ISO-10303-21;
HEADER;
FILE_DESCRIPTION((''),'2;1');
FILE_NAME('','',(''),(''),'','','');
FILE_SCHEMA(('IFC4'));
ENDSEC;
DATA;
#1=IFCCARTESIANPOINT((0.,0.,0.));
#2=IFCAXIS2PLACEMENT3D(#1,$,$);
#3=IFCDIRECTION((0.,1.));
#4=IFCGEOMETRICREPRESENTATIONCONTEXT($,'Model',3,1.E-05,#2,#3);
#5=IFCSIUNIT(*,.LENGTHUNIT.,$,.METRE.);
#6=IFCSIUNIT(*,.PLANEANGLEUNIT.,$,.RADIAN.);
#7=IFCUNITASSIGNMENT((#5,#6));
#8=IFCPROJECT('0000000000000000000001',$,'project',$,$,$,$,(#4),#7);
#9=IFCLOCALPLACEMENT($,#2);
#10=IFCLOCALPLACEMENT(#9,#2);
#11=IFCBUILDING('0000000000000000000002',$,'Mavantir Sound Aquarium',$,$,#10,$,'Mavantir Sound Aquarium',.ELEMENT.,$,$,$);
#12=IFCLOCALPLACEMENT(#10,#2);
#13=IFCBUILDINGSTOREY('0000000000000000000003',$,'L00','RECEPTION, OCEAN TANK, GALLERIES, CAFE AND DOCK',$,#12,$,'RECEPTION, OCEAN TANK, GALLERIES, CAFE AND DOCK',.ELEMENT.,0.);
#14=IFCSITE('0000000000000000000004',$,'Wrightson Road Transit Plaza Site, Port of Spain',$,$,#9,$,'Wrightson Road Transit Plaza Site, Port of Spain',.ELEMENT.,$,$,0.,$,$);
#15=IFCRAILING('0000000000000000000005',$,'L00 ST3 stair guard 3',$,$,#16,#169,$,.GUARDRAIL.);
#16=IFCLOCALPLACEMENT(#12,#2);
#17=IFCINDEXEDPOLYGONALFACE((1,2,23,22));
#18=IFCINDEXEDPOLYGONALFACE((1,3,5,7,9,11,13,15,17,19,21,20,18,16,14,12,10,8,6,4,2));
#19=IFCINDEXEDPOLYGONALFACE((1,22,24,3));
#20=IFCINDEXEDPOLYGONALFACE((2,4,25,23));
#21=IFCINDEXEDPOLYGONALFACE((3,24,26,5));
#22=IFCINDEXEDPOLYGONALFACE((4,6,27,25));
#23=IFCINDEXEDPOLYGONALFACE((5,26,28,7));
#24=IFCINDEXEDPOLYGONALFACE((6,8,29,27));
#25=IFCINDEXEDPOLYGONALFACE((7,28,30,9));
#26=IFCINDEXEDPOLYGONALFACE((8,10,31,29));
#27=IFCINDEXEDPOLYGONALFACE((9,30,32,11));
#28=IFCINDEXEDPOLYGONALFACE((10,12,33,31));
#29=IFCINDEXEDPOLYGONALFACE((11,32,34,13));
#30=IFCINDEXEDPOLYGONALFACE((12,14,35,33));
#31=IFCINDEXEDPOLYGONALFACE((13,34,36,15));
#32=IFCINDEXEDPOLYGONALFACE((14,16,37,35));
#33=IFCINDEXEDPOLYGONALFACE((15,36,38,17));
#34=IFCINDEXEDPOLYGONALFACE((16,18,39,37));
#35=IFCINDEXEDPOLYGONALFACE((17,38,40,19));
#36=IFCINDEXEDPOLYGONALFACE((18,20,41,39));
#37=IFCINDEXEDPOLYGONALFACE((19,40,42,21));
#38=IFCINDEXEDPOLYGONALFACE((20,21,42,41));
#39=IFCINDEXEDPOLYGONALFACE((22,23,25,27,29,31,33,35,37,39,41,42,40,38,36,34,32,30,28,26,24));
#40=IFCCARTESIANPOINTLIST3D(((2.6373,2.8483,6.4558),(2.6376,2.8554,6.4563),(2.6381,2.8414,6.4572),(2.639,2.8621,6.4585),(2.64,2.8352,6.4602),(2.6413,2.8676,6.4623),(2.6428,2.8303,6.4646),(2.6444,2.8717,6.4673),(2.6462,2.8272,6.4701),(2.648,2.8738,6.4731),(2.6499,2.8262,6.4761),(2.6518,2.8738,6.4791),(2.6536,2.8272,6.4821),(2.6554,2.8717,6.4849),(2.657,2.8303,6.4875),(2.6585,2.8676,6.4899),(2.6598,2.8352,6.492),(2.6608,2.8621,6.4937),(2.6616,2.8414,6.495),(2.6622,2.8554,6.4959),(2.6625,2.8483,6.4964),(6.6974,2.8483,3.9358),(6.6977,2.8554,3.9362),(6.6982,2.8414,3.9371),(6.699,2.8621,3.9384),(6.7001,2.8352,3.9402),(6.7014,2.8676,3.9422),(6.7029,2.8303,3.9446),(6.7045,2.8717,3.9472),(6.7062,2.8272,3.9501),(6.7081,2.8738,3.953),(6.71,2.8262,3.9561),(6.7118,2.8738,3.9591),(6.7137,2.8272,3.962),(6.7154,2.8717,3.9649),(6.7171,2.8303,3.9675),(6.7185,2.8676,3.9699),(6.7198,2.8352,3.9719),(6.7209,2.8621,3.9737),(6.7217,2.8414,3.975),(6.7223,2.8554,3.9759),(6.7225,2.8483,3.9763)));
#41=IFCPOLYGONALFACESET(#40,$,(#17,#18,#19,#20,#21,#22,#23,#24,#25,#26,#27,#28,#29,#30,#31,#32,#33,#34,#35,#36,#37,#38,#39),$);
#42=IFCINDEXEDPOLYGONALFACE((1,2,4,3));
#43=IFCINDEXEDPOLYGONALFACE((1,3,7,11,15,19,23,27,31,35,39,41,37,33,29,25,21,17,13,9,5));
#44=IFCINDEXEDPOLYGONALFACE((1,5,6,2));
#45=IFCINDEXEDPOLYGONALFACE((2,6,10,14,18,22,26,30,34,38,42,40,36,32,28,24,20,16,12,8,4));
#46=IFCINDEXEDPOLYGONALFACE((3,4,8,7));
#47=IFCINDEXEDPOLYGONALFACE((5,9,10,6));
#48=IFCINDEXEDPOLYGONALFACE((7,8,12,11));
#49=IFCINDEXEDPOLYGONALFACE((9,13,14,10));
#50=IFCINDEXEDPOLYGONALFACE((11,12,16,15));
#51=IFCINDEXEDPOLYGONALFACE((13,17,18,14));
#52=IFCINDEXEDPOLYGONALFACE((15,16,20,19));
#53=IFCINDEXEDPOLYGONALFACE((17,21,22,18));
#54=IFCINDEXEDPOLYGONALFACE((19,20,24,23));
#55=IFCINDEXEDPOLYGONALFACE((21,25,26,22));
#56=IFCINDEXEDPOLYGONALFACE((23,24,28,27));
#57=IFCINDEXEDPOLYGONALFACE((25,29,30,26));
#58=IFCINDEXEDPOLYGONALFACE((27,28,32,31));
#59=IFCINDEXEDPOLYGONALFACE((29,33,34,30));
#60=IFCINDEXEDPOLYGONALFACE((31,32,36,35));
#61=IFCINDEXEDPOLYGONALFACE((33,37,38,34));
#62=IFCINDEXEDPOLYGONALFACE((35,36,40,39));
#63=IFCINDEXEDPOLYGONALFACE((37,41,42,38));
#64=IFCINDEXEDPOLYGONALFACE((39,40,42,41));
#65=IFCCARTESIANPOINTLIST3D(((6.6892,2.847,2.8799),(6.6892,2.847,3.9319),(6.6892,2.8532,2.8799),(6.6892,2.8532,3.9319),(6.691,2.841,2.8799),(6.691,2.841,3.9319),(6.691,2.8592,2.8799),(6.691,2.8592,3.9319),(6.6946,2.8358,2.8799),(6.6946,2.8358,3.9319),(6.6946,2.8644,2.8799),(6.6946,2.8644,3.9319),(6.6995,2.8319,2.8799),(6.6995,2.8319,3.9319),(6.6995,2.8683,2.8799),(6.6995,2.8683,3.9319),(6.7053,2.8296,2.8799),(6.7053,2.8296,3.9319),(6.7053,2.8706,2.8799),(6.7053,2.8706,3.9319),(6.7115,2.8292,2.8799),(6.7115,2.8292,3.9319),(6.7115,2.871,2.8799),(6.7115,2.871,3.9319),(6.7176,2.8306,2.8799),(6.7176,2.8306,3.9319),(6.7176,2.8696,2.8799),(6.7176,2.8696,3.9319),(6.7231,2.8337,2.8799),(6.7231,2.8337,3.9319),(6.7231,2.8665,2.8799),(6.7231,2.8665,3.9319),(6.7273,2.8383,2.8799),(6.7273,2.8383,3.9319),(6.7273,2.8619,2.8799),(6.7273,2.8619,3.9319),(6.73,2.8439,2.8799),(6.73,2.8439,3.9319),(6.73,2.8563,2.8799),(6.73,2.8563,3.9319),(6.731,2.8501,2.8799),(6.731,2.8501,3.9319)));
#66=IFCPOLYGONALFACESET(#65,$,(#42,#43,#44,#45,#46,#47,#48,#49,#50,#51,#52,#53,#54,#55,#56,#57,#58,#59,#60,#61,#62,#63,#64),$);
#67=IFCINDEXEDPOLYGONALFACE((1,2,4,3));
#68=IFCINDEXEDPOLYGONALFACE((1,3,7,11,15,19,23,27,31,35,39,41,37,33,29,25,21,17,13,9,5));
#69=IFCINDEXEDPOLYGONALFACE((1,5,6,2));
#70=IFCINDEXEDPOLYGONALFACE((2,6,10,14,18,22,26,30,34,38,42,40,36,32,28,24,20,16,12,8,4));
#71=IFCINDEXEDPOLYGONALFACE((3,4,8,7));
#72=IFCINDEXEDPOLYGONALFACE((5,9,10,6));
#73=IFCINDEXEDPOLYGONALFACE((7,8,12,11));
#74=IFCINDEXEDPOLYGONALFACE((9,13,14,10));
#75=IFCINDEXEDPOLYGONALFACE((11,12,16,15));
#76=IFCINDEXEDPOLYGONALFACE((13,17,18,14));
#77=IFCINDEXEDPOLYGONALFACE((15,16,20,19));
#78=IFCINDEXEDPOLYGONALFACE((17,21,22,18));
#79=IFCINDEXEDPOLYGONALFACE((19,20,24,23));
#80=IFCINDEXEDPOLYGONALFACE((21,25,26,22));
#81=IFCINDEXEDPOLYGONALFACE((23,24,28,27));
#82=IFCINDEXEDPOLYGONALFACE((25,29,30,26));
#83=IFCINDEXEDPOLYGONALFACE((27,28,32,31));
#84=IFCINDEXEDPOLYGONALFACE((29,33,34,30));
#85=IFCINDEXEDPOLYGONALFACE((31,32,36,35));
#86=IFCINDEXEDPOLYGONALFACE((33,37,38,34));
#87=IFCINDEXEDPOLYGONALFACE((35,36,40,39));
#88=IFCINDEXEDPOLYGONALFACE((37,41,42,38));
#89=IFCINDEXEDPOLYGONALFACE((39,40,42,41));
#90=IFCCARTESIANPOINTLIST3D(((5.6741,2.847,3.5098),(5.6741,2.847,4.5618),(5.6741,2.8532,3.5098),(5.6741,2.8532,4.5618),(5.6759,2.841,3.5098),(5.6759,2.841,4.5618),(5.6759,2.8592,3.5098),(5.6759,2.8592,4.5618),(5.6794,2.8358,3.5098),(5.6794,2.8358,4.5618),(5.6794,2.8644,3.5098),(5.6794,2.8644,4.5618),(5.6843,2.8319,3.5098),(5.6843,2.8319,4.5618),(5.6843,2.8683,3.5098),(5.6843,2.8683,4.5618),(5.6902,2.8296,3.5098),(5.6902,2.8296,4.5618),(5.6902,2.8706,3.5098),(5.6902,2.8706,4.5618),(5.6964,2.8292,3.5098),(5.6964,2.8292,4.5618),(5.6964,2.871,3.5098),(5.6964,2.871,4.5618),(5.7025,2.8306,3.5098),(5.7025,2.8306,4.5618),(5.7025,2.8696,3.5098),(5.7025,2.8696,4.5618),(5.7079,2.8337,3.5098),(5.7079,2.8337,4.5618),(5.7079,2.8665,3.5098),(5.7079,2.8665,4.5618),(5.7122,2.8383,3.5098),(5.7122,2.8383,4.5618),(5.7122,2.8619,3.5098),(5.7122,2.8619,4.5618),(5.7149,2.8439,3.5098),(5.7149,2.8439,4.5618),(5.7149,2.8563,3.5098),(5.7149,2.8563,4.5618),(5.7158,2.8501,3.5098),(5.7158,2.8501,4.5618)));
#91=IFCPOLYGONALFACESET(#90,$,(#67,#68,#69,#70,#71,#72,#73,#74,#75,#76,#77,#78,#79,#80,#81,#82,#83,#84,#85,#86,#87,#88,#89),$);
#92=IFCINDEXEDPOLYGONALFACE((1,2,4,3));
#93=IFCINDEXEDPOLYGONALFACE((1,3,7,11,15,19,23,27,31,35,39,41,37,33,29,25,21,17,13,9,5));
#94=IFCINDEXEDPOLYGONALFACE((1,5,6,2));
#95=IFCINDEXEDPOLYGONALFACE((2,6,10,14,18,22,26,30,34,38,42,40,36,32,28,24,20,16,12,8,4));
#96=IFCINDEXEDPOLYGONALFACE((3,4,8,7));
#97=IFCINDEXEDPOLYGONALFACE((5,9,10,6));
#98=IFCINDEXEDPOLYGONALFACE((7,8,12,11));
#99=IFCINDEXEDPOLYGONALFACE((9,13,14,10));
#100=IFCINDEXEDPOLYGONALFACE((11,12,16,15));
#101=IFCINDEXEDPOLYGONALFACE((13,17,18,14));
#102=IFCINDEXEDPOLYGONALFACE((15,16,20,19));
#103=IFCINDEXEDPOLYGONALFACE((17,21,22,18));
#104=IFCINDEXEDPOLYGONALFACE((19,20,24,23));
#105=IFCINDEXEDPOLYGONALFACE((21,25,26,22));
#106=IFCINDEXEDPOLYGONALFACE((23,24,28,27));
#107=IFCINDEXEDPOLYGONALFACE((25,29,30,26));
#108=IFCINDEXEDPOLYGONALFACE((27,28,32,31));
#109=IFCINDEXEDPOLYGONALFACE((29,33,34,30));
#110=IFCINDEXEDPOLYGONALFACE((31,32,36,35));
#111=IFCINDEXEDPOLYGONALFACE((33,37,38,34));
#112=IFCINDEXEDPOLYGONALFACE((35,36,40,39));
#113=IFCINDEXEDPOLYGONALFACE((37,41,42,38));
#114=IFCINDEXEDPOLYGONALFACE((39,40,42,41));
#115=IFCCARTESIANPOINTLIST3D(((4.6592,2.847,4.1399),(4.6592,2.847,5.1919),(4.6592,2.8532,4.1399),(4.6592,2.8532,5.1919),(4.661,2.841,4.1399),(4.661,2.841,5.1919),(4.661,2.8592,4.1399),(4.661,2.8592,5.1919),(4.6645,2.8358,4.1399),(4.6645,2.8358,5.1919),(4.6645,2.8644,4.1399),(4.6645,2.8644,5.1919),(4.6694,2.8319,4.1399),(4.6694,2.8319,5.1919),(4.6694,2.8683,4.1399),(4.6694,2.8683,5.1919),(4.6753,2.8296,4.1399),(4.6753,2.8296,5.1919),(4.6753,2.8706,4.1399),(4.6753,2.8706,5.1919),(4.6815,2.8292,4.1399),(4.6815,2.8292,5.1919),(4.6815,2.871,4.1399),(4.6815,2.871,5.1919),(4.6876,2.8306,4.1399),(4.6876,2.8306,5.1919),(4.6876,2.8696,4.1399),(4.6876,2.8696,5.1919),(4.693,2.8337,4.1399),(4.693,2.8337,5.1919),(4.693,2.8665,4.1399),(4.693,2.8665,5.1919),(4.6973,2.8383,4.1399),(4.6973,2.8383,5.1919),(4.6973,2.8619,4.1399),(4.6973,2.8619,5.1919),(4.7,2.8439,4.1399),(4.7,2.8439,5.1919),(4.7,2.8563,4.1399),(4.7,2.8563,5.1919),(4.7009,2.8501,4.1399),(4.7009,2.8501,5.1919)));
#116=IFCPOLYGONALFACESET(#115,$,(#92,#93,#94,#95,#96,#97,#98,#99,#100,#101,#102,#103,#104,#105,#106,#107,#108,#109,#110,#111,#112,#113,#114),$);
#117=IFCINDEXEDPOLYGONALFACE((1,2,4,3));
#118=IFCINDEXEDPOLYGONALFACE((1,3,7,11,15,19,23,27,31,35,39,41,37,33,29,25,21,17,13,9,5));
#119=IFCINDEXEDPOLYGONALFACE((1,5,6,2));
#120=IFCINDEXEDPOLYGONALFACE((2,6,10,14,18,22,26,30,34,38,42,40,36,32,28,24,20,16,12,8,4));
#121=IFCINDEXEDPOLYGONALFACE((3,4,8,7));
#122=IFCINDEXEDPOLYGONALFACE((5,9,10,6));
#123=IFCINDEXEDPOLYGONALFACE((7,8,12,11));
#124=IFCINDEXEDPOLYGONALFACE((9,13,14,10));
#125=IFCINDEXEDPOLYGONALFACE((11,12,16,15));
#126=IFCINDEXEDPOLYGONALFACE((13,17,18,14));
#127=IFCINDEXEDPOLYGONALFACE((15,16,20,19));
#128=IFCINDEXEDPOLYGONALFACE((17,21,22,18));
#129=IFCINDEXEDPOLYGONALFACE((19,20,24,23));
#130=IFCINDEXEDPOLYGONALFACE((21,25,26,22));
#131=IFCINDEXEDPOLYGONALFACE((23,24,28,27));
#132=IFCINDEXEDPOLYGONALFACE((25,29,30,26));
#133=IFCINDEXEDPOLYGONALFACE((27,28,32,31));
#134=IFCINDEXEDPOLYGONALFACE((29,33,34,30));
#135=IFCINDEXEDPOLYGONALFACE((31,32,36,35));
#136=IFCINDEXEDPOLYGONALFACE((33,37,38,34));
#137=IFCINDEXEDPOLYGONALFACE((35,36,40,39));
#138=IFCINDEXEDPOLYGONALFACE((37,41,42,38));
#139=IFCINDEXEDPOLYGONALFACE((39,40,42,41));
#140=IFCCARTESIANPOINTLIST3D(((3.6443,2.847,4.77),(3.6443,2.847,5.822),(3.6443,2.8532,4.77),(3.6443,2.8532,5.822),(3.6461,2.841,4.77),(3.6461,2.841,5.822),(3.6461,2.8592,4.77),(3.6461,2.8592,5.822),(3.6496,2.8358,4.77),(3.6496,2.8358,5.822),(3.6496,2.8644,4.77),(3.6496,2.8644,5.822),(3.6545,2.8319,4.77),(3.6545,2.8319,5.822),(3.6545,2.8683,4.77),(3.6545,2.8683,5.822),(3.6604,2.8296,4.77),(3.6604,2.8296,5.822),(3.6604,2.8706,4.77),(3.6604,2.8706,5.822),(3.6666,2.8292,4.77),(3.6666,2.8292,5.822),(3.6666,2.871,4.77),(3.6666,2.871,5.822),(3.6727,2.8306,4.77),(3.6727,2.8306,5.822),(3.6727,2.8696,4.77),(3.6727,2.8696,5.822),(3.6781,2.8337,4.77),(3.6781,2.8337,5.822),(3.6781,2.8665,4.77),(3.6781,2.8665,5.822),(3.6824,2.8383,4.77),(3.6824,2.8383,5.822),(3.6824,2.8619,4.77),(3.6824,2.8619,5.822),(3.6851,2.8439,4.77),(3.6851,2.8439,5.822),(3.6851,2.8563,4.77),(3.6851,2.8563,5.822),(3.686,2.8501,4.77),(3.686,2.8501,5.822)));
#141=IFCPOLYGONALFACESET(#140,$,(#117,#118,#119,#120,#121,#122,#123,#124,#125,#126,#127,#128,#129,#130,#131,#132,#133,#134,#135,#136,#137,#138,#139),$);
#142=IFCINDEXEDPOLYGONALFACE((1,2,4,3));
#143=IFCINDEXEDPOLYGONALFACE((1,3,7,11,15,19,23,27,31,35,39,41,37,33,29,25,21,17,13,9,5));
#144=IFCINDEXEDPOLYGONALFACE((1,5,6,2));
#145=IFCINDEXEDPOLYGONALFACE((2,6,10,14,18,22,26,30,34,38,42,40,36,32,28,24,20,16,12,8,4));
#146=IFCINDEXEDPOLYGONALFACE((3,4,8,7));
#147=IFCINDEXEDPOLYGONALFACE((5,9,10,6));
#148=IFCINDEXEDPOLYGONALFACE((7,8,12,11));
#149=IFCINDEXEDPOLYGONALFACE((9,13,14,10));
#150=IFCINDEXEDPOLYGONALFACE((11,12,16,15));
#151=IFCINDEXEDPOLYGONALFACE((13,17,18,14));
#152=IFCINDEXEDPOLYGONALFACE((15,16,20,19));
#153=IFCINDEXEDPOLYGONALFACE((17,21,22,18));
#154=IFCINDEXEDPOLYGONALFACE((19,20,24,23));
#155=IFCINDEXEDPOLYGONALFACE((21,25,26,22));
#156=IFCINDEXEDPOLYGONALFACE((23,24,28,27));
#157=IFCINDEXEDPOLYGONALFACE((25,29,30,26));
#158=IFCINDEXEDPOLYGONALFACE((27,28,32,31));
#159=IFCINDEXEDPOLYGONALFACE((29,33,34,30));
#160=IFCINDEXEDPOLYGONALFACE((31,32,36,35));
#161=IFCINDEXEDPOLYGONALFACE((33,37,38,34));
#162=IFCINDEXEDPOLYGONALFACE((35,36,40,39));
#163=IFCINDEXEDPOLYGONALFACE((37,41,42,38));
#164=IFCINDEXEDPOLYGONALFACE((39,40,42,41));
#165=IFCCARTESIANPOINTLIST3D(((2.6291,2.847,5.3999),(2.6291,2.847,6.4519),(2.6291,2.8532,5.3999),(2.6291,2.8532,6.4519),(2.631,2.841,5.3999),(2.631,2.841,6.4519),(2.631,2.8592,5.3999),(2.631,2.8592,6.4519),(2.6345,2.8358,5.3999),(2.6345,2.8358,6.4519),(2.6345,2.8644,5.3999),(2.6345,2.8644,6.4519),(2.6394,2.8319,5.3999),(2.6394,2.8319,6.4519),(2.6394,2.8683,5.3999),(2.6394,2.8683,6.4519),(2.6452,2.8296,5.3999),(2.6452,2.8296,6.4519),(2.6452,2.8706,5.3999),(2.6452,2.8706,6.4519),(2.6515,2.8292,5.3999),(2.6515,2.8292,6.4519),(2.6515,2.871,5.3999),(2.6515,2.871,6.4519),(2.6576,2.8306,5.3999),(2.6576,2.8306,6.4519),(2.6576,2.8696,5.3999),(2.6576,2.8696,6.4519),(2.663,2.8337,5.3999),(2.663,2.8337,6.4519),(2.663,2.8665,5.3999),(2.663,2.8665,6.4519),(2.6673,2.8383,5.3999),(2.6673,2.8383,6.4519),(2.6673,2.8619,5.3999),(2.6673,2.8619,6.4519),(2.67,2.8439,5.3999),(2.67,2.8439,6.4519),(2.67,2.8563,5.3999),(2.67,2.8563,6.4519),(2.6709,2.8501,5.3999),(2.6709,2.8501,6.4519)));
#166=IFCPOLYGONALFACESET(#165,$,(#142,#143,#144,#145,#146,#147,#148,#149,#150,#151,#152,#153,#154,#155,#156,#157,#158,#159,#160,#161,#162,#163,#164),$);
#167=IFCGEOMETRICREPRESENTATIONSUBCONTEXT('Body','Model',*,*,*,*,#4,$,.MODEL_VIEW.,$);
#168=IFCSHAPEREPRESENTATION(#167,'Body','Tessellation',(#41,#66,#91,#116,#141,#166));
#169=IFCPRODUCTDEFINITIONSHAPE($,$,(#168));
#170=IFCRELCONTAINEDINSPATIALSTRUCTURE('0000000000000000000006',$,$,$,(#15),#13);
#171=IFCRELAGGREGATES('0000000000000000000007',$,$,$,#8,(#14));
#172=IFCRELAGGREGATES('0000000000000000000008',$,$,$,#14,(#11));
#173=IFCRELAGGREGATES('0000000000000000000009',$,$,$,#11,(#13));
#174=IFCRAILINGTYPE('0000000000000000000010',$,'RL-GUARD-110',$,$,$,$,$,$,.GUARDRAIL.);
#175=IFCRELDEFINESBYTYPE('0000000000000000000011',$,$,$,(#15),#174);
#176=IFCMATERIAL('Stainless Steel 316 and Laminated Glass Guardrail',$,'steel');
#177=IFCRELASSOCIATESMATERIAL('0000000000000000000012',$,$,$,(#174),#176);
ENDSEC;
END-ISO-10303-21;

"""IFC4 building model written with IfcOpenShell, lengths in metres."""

from ifc_helpers import new_model, si_unit, direction, frame, origin, origin_2d, place, context, subcontext, project, spatial, circle, extrude, material, type_object, element, save


model = new_model("IFC4")

# Units and contexts
model_context = context("Model", 3, precision=1e-05, world=origin(), true_north=direction((0.0, 1.0)))
body_context = subcontext(model_context, "Body", "Model", "MODEL_VIEW")
ifc_project = project(units=[si_unit("LENGTHUNIT", "METRE"), si_unit("PLANEANGLEUNIT", "RADIAN")], contexts=[model_context])

# Site, building, storey
site_placement = place(None, origin())
site = spatial("IfcSite", under=ifc_project, at=site_placement, Name="Wrightson Road Transit Plaza Site, Port of Spain", LongName="Wrightson Road Transit Plaza Site, Port of Spain", CompositionType="ELEMENT", RefElevation=0.0)
building_placement = place(site_placement, origin())
building = spatial("IfcBuilding", under=site, at=building_placement, Name="Mavantir Sound Aquarium", LongName="Mavantir Sound Aquarium", CompositionType="ELEMENT")
storey_placement = place(building_placement, origin())
storey = spatial("IfcBuildingStorey", under=building, at=storey_placement, Name="L00", Description="RECEPTION, OCEAN TANK, GALLERIES, CAFE AND DOCK", LongName="RECEPTION, OCEAN TANK, GALLERIES, CAFE AND DOCK", CompositionType="ELEMENT", Elevation=0.0)

# Railing
ifc_material_1 = material(Name="Stainless Steel 316 and Laminated Glass Guardrail", Category="steel")
railing_type_1 = type_object("IfcRailingType", Name="RL-GUARD-110", PredefinedType="GUARDRAIL", material=ifc_material_1)
railing_1_placement = place(storey_placement, frame((6.71, 2.8501, 2.8799)))
element("IfcRailing", 1, at=railing_1_placement, inside=storey, type_object=railing_type_1, Name="L00 ST3 stair guard 3", PredefinedType="GUARDRAIL", context=body_context, shape_type="SweptSolid", body=[
    extrude(circle(Radius=0.0239, at=origin_2d()), frame((0.0, 0.0, 1.0762), z_axis=(-0.849642, 0.0, 0.52736), x_axis=(0.0, -1.0, 0.0)), (0.0, 0.0, 1.0), 4.7786),
    extrude(circle(Radius=0.021, at=origin_2d()), origin(), (0.0, 0.0, 1.0), 1.052),
    extrude(circle(Radius=0.021, at=origin_2d()), frame((-1.0151, 0.0, 0.6299)), (0.0, 0.0, 1.0), 1.052),
    extrude(circle(Radius=0.021, at=origin_2d()), frame((-2.03, 0.0, 1.26)), (0.0, 0.0, 1.0), 1.052),
    extrude(circle(Radius=0.021, at=origin_2d()), frame((-3.0449, 0.0, 1.8901)), (0.0, 0.0, 1.0), 1.052),
    extrude(circle(Radius=0.021, at=origin_2d()), frame((-4.0601, 0.0, 2.52)), (0.0, 0.0, 1.0), 1.052),
])

save(model, "model.ifc")
